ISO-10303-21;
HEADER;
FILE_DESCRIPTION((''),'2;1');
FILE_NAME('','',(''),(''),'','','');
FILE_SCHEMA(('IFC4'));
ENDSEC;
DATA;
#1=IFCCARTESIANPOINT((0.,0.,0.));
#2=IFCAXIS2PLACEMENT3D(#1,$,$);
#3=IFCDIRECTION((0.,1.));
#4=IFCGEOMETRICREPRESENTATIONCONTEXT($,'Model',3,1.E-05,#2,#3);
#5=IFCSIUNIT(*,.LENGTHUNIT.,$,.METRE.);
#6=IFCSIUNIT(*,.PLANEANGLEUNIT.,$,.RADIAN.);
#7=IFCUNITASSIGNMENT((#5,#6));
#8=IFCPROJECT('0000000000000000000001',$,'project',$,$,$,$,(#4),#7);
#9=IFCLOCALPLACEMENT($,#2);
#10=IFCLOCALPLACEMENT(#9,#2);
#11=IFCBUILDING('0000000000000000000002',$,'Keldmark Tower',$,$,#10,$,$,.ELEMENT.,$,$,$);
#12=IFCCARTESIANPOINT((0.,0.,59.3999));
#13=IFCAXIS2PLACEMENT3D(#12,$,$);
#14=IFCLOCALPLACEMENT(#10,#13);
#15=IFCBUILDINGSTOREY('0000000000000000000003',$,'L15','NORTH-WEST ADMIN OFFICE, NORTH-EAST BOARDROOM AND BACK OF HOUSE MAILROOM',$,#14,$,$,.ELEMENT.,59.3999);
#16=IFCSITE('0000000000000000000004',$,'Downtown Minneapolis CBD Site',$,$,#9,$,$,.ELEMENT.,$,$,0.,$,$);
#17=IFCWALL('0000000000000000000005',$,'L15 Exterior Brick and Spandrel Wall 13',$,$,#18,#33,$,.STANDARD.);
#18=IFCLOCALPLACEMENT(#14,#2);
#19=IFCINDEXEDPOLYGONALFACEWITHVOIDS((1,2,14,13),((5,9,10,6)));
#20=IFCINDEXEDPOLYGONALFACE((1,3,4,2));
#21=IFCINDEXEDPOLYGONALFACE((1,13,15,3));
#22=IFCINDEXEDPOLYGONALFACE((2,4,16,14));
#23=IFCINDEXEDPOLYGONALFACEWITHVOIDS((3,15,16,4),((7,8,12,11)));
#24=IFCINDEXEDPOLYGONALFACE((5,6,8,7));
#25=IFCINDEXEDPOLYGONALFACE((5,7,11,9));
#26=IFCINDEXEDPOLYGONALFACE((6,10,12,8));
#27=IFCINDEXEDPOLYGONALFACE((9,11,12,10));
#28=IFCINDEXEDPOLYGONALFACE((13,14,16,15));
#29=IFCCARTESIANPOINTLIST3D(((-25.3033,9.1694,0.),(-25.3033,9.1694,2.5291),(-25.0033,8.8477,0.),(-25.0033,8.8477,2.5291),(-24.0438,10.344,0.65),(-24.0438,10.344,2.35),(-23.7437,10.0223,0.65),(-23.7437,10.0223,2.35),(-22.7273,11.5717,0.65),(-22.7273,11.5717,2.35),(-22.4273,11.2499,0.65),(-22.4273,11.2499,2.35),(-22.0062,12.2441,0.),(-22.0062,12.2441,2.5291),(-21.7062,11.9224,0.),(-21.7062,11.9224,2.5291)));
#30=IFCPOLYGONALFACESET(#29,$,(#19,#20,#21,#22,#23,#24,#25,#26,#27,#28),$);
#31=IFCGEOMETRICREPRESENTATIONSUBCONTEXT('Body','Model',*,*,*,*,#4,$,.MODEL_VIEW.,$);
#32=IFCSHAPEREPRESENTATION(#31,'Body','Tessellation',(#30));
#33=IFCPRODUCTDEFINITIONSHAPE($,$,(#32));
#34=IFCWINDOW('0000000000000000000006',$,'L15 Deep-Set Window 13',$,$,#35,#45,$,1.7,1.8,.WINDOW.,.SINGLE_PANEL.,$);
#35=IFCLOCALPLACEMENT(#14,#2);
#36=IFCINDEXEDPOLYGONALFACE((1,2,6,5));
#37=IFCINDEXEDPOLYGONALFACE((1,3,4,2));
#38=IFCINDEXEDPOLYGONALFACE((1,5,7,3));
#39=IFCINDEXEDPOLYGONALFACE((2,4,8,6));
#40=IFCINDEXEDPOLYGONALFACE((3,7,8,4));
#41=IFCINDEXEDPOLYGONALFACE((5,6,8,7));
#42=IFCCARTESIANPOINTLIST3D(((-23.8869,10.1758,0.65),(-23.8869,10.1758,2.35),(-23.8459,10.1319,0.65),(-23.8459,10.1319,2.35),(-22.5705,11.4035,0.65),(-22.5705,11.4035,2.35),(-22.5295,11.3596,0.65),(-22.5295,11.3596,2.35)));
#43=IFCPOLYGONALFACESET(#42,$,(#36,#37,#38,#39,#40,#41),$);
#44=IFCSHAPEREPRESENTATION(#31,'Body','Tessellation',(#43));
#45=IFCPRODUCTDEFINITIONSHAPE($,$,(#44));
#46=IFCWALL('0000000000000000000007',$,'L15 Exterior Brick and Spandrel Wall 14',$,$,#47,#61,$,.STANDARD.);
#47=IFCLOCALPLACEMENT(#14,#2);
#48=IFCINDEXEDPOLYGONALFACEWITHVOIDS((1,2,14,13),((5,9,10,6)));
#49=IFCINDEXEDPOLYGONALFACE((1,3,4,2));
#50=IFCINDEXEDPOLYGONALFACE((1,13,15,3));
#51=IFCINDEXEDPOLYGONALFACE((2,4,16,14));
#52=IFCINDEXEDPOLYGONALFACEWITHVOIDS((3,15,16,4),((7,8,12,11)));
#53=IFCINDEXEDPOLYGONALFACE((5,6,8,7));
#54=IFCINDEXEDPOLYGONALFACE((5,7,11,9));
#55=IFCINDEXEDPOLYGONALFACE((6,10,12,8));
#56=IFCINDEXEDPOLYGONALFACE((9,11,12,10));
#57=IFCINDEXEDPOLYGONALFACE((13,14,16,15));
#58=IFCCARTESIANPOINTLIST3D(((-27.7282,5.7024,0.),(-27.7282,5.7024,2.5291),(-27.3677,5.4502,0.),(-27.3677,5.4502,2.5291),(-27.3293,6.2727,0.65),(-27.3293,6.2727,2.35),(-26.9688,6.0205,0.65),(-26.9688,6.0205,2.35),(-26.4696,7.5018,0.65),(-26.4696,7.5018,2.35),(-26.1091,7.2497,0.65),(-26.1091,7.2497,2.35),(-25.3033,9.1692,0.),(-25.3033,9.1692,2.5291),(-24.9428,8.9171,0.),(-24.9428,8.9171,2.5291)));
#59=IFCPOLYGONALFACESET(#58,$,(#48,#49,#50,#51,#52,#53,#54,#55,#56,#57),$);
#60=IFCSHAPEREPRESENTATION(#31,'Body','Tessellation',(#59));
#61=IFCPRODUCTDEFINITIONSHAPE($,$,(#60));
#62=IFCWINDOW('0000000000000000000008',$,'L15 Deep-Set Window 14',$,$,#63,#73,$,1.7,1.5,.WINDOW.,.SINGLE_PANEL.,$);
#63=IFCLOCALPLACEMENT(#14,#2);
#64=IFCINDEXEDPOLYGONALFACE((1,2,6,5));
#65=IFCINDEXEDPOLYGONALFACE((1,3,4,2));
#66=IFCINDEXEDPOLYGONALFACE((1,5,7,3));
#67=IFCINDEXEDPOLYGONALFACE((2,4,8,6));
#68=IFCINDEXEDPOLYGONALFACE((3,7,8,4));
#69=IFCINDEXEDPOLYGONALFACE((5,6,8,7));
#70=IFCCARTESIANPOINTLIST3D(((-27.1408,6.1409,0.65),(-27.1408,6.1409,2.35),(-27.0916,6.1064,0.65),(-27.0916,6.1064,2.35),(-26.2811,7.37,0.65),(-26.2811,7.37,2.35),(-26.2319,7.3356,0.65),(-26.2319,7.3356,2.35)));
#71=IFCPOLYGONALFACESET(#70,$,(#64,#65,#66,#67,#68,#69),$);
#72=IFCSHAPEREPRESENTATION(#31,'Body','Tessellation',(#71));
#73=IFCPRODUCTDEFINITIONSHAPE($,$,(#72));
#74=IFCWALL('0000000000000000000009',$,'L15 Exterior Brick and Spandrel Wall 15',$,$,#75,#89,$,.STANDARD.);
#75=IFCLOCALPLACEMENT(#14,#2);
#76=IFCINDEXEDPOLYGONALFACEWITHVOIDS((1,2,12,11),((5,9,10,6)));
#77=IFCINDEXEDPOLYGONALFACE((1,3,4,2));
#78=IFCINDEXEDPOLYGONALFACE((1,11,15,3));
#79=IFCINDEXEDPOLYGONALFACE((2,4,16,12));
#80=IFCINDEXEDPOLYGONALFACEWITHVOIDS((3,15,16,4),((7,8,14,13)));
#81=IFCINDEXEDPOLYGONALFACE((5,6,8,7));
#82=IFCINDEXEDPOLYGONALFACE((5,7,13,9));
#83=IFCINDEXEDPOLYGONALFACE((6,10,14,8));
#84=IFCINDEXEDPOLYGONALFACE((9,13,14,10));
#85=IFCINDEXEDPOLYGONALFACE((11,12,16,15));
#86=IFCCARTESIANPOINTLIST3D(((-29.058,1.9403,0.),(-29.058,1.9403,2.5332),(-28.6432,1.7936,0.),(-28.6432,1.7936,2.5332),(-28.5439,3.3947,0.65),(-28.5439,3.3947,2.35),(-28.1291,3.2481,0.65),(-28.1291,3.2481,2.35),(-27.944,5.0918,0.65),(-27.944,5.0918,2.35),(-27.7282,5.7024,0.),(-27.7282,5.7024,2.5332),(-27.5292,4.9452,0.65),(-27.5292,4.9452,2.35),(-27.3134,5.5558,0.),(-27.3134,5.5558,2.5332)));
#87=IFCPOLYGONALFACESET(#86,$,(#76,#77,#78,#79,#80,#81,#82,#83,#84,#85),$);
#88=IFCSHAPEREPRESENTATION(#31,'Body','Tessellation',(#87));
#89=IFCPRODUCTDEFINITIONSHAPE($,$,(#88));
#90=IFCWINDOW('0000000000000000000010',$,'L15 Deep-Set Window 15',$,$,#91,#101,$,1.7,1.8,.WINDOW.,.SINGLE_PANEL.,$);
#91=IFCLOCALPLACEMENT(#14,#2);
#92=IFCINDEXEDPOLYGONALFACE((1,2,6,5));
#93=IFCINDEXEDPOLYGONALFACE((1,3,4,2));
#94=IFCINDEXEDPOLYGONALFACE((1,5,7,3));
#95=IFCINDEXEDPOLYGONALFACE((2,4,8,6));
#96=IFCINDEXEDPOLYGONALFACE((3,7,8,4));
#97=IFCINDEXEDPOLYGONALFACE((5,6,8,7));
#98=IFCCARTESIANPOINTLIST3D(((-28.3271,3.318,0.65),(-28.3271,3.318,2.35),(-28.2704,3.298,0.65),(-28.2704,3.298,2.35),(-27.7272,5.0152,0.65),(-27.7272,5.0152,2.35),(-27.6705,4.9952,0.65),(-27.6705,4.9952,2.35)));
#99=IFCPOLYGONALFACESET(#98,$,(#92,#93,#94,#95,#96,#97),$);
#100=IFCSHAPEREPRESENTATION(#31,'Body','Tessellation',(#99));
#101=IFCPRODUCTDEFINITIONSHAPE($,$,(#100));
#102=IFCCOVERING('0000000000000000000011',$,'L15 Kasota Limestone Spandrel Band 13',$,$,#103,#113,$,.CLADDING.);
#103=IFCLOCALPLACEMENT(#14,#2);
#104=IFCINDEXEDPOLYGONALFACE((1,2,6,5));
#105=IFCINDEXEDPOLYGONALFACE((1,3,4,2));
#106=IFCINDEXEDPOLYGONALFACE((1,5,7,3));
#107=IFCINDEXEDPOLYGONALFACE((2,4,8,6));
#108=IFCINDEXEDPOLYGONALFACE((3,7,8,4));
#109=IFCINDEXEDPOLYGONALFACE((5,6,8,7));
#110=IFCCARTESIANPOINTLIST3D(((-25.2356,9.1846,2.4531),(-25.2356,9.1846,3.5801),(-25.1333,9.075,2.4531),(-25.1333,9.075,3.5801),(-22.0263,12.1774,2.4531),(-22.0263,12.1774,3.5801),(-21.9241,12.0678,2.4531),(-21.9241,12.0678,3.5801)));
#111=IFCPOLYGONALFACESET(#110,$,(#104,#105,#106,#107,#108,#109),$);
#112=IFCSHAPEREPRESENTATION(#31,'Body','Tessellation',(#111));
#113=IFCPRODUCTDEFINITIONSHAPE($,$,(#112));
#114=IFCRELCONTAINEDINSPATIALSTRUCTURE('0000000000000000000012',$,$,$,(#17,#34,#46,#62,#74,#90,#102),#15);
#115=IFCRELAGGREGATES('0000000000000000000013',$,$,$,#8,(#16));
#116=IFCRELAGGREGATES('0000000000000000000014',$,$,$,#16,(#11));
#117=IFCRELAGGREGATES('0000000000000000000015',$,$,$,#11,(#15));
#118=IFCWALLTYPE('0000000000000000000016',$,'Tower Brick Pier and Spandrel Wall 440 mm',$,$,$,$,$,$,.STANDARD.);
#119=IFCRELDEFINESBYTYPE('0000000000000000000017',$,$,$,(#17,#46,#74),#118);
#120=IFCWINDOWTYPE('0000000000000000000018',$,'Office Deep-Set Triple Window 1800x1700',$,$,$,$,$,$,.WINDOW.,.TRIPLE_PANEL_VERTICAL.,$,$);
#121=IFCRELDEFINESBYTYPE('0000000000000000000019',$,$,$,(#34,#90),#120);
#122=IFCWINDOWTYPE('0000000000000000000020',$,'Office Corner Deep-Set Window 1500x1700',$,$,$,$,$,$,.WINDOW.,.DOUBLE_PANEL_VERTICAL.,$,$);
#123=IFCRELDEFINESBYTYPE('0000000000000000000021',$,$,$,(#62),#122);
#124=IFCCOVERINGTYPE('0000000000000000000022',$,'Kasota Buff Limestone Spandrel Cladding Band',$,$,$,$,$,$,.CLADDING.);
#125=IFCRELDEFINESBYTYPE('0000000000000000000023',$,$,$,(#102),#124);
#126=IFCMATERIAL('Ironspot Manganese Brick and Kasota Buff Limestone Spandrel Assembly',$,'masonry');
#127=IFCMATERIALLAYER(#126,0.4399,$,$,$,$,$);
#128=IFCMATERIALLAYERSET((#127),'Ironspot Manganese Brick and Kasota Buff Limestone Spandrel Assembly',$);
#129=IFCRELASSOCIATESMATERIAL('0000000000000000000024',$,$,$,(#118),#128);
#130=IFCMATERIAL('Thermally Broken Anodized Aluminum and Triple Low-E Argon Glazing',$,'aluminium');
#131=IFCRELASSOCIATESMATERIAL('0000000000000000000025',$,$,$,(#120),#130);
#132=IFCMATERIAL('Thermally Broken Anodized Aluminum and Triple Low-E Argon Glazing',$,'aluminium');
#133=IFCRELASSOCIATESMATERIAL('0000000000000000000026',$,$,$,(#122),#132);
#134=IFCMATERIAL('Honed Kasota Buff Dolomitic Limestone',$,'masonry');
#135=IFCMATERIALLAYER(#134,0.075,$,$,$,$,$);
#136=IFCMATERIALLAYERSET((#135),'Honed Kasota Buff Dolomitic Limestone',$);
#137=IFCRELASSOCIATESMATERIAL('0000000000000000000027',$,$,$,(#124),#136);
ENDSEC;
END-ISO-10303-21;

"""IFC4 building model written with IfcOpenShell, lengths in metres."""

from ifc_helpers import new_model, si_unit, direction, frame, frame_2d, origin, origin_2d, place, context, subcontext, project, spatial, rectangle, extrude, material, layer, layer_set, type_object, element, fill, save


model = new_model("IFC4")

# Units and contexts
model_context = context("Model", 3, precision=1e-05, world=origin(), true_north=direction((0.0, 1.0)))
body_context = subcontext(model_context, "Body", "Model", "MODEL_VIEW")
ifc_project = project(units=[si_unit("LENGTHUNIT", "METRE"), si_unit("PLANEANGLEUNIT", "RADIAN")], contexts=[model_context])

# Site, building, storey
site_placement = place(None, origin())
site = spatial("IfcSite", under=ifc_project, at=site_placement, Name="Downtown Minneapolis CBD Site", CompositionType="ELEMENT", RefElevation=0.0)
building_placement = place(site_placement, origin())
building = spatial("IfcBuilding", under=site, at=building_placement, Name="Keldmark Tower", CompositionType="ELEMENT")
storey_placement = place(building_placement, frame((0.0, 0.0, 59.3999)))
storey = spatial("IfcBuildingStorey", under=building, at=storey_placement, Name="L15", Description="NORTH-WEST ADMIN OFFICE, NORTH-EAST BOARDROOM AND BACK OF HOUSE MAILROOM", CompositionType="ELEMENT", Elevation=59.3999)

# Walls, openings, windows
ifc_material_1 = material(Name="Ironspot Manganese Brick and Kasota Buff Limestone Spandrel Assembly", Category="masonry")
ifc_layer_1 = layer(ifc_material_1, 0.4399)
ifc_layer_set_1 = layer_set([ifc_layer_1], Name="Ironspot Manganese Brick and Kasota Buff Limestone Spandrel Assembly")
wall_type_1 = type_object("IfcWallType", Name="Tower Brick Pier and Spandrel Wall 440 mm", PredefinedType="STANDARD", material=ifc_layer_set_1)
ifc_material_2 = material(Name="Thermally Broken Anodized Aluminum and Triple Low-E Argon Glazing", Category="aluminium")
window_type_1 = type_object("IfcWindowType", Name="Office Deep-Set Triple Window 1800x1700", PartitioningType="TRIPLE_PANEL_VERTICAL", PredefinedType="WINDOW", material=ifc_material_2)
wall_1_placement = place(storey_placement, frame((-25.1533, 9.0085, 0.0), z_axis=(0.0, 0.0, 1.0), x_axis=(0.731343, 0.682009, 0.0)))
wall_1 = element("IfcWall", 1, at=wall_1_placement, inside=storey, type_object=wall_type_1, Name="L15 Exterior Brick and Spandrel Wall 13", PredefinedType="STANDARD", context=body_context, shape_type="SweptSolid", body=[
    extrude(rectangle(XDim=4.5083, YDim=0.4399, at=frame_2d((2.2542, 0.0))), origin(), (0.0, 0.0, 1.0), 2.5291),
])
opening_1_placement = place(wall_1_placement, frame((1.7224, 0.0, 0.6499)))
opening_1 = element("IfcOpeningElement", 2, at=opening_1_placement, cuts=wall_1, PredefinedType="OPENING", context=body_context, shape_type="SweptSolid", body=[
    extrude(rectangle(XDim=1.8, YDim=1.7, at=frame_2d((0.8999, 0.8501))), frame((0.0, 0.23, 0.0), z_axis=(0.0, -1.0, 0.0), x_axis=(1.0, 0.0, 0.0)), (0.0, 0.0, 1.0), 0.46),
])
window_1_placement = place(opening_1_placement, origin())
window_1 = element("IfcWindow", 3, at=window_1_placement, inside=storey, type_object=window_type_1, Name="L15 Deep-Set Window 13", OverallHeight=1.7, OverallWidth=1.8, PartitioningType="SINGLE_PANEL", PredefinedType="WINDOW", context=body_context, shape_type="SweptSolid", body=[
    extrude(rectangle(XDim=1.8, YDim=1.7, at=frame_2d((0.8999, 0.8501))), frame((0.0, -0.01, 0.0), z_axis=(0.0, -1.0, 0.0), x_axis=(1.0, 0.0, 0.0)), (0.0, 0.0, 1.0), 0.0601),
])
fill(opening_1, window_1)
wall_2_placement = place(storey_placement, frame((-27.5479, 5.5764, 0.0), z_axis=(0.0, 0.0, 1.0), x_axis=(0.573152, 0.819449, 0.0)))
wall_2 = element("IfcWall", 4, at=wall_2_placement, inside=storey, type_object=wall_type_1, Name="L15 Exterior Brick and Spandrel Wall 14", PredefinedType="STANDARD", context=body_context, shape_type="SweptSolid", body=[
    extrude(rectangle(XDim=4.2307, YDim=0.4399, at=frame_2d((2.1152, 0.0))), origin(), (0.0, 0.0, 1.0), 2.5291),
])
opening_2_placement = place(wall_2_placement, frame((0.6958, 0.0, 0.6499)))
opening_2 = element("IfcOpeningElement", 5, at=opening_2_placement, cuts=wall_2, PredefinedType="OPENING", context=body_context, shape_type="SweptSolid", body=[
    extrude(rectangle(XDim=1.5, YDim=1.7, at=frame_2d((0.75, 0.8501))), frame((0.0, 0.23, 0.0), z_axis=(0.0, -1.0, 0.0), x_axis=(1.0, 0.0, 0.0)), (0.0, 0.0, 1.0), 0.46),
])
ifc_material_3 = material(Name="Thermally Broken Anodized Aluminum and Triple Low-E Argon Glazing", Category="aluminium")
window_type_2 = type_object("IfcWindowType", Name="Office Corner Deep-Set Window 1500x1700", PartitioningType="DOUBLE_PANEL_VERTICAL", PredefinedType="WINDOW", material=ifc_material_3)
window_2_placement = place(opening_2_placement, origin())
window_2 = element("IfcWindow", 6, at=window_2_placement, inside=storey, type_object=window_type_2, Name="L15 Deep-Set Window 14", OverallHeight=1.7, OverallWidth=1.5, PartitioningType="SINGLE_PANEL", PredefinedType="WINDOW", context=body_context, shape_type="SweptSolid", body=[
    extrude(rectangle(XDim=1.5, YDim=1.7, at=frame_2d((0.75, 0.8501))), frame((0.0, -0.01, 0.0), z_axis=(0.0, -1.0, 0.0), x_axis=(1.0, 0.0, 0.0)), (0.0, 0.0, 1.0), 0.0601),
])
fill(opening_2, window_2)
wall_3_placement = place(storey_placement, frame((-28.8506, 1.8669, 0.0), z_axis=(0.0, 0.0, 1.0), x_axis=(0.333265, 0.942833, 0.0)))
wall_3 = element("IfcWall", 7, at=wall_3_placement, inside=storey, type_object=wall_type_1, Name="L15 Exterior Brick and Spandrel Wall 15", PredefinedType="STANDARD", context=body_context, shape_type="SweptSolid", body=[
    extrude(rectangle(XDim=3.9902, YDim=0.4399, at=frame_2d((1.9951, 0.0))), origin(), (0.0, 0.0, 1.0), 2.5332),
])
opening_3_placement = place(wall_3_placement, frame((1.5427, 0.0, 0.6499)))
opening_3 = element("IfcOpeningElement", 8, at=opening_3_placement, cuts=wall_3, PredefinedType="OPENING", context=body_context, shape_type="SweptSolid", body=[
    extrude(rectangle(XDim=1.8, YDim=1.7, at=frame_2d((0.8999, 0.8501))), frame((0.0, 0.23, 0.0), z_axis=(0.0, -1.0, 0.0), x_axis=(1.0, 0.0, 0.0)), (0.0, 0.0, 1.0), 0.46),
])
window_3_placement = place(opening_3_placement, origin())
window_3 = element("IfcWindow", 9, at=window_3_placement, inside=storey, type_object=window_type_1, Name="L15 Deep-Set Window 15", OverallHeight=1.7, OverallWidth=1.8, PartitioningType="SINGLE_PANEL", PredefinedType="WINDOW", context=body_context, shape_type="SweptSolid", body=[
    extrude(rectangle(XDim=1.8, YDim=1.7, at=frame_2d((0.8999, 0.8501))), frame((0.0, -0.01, 0.0), z_axis=(0.0, -1.0, 0.0), x_axis=(1.0, 0.0, 0.0)), (0.0, 0.0, 1.0), 0.0601),
])
fill(opening_3, window_3)

# Covering
ifc_material_4 = material(Name="Honed Kasota Buff Dolomitic Limestone", Category="masonry")
ifc_layer_2 = layer(ifc_material_4, 0.075)
ifc_layer_set_2 = layer_set([ifc_layer_2], Name="Honed Kasota Buff Dolomitic Limestone")
covering_type = type_object("IfcCoveringType", Name="Kasota Buff Limestone Spandrel Cladding Band", PredefinedType="CLADDING", material=ifc_layer_set_2)
covering_placement = place(storey_placement, frame((-23.5798, 10.6262, 2.4531), z_axis=(0.0, 0.0, 1.0), x_axis=(-0.731342, -0.682011, 0.0)))
element("IfcCovering", 10, at=covering_placement, inside=storey, type_object=covering_type, Name="L15 Kasota Limestone Spandrel Band 13", PredefinedType="CLADDING", context=body_context, shape_type="SweptSolid", body=[
    extrude(rectangle(XDim=4.3882, YDim=0.1499, at=origin_2d()), origin(), (0.0, 0.0, 1.0), 1.127),
])

save(model, "model.ifc")
